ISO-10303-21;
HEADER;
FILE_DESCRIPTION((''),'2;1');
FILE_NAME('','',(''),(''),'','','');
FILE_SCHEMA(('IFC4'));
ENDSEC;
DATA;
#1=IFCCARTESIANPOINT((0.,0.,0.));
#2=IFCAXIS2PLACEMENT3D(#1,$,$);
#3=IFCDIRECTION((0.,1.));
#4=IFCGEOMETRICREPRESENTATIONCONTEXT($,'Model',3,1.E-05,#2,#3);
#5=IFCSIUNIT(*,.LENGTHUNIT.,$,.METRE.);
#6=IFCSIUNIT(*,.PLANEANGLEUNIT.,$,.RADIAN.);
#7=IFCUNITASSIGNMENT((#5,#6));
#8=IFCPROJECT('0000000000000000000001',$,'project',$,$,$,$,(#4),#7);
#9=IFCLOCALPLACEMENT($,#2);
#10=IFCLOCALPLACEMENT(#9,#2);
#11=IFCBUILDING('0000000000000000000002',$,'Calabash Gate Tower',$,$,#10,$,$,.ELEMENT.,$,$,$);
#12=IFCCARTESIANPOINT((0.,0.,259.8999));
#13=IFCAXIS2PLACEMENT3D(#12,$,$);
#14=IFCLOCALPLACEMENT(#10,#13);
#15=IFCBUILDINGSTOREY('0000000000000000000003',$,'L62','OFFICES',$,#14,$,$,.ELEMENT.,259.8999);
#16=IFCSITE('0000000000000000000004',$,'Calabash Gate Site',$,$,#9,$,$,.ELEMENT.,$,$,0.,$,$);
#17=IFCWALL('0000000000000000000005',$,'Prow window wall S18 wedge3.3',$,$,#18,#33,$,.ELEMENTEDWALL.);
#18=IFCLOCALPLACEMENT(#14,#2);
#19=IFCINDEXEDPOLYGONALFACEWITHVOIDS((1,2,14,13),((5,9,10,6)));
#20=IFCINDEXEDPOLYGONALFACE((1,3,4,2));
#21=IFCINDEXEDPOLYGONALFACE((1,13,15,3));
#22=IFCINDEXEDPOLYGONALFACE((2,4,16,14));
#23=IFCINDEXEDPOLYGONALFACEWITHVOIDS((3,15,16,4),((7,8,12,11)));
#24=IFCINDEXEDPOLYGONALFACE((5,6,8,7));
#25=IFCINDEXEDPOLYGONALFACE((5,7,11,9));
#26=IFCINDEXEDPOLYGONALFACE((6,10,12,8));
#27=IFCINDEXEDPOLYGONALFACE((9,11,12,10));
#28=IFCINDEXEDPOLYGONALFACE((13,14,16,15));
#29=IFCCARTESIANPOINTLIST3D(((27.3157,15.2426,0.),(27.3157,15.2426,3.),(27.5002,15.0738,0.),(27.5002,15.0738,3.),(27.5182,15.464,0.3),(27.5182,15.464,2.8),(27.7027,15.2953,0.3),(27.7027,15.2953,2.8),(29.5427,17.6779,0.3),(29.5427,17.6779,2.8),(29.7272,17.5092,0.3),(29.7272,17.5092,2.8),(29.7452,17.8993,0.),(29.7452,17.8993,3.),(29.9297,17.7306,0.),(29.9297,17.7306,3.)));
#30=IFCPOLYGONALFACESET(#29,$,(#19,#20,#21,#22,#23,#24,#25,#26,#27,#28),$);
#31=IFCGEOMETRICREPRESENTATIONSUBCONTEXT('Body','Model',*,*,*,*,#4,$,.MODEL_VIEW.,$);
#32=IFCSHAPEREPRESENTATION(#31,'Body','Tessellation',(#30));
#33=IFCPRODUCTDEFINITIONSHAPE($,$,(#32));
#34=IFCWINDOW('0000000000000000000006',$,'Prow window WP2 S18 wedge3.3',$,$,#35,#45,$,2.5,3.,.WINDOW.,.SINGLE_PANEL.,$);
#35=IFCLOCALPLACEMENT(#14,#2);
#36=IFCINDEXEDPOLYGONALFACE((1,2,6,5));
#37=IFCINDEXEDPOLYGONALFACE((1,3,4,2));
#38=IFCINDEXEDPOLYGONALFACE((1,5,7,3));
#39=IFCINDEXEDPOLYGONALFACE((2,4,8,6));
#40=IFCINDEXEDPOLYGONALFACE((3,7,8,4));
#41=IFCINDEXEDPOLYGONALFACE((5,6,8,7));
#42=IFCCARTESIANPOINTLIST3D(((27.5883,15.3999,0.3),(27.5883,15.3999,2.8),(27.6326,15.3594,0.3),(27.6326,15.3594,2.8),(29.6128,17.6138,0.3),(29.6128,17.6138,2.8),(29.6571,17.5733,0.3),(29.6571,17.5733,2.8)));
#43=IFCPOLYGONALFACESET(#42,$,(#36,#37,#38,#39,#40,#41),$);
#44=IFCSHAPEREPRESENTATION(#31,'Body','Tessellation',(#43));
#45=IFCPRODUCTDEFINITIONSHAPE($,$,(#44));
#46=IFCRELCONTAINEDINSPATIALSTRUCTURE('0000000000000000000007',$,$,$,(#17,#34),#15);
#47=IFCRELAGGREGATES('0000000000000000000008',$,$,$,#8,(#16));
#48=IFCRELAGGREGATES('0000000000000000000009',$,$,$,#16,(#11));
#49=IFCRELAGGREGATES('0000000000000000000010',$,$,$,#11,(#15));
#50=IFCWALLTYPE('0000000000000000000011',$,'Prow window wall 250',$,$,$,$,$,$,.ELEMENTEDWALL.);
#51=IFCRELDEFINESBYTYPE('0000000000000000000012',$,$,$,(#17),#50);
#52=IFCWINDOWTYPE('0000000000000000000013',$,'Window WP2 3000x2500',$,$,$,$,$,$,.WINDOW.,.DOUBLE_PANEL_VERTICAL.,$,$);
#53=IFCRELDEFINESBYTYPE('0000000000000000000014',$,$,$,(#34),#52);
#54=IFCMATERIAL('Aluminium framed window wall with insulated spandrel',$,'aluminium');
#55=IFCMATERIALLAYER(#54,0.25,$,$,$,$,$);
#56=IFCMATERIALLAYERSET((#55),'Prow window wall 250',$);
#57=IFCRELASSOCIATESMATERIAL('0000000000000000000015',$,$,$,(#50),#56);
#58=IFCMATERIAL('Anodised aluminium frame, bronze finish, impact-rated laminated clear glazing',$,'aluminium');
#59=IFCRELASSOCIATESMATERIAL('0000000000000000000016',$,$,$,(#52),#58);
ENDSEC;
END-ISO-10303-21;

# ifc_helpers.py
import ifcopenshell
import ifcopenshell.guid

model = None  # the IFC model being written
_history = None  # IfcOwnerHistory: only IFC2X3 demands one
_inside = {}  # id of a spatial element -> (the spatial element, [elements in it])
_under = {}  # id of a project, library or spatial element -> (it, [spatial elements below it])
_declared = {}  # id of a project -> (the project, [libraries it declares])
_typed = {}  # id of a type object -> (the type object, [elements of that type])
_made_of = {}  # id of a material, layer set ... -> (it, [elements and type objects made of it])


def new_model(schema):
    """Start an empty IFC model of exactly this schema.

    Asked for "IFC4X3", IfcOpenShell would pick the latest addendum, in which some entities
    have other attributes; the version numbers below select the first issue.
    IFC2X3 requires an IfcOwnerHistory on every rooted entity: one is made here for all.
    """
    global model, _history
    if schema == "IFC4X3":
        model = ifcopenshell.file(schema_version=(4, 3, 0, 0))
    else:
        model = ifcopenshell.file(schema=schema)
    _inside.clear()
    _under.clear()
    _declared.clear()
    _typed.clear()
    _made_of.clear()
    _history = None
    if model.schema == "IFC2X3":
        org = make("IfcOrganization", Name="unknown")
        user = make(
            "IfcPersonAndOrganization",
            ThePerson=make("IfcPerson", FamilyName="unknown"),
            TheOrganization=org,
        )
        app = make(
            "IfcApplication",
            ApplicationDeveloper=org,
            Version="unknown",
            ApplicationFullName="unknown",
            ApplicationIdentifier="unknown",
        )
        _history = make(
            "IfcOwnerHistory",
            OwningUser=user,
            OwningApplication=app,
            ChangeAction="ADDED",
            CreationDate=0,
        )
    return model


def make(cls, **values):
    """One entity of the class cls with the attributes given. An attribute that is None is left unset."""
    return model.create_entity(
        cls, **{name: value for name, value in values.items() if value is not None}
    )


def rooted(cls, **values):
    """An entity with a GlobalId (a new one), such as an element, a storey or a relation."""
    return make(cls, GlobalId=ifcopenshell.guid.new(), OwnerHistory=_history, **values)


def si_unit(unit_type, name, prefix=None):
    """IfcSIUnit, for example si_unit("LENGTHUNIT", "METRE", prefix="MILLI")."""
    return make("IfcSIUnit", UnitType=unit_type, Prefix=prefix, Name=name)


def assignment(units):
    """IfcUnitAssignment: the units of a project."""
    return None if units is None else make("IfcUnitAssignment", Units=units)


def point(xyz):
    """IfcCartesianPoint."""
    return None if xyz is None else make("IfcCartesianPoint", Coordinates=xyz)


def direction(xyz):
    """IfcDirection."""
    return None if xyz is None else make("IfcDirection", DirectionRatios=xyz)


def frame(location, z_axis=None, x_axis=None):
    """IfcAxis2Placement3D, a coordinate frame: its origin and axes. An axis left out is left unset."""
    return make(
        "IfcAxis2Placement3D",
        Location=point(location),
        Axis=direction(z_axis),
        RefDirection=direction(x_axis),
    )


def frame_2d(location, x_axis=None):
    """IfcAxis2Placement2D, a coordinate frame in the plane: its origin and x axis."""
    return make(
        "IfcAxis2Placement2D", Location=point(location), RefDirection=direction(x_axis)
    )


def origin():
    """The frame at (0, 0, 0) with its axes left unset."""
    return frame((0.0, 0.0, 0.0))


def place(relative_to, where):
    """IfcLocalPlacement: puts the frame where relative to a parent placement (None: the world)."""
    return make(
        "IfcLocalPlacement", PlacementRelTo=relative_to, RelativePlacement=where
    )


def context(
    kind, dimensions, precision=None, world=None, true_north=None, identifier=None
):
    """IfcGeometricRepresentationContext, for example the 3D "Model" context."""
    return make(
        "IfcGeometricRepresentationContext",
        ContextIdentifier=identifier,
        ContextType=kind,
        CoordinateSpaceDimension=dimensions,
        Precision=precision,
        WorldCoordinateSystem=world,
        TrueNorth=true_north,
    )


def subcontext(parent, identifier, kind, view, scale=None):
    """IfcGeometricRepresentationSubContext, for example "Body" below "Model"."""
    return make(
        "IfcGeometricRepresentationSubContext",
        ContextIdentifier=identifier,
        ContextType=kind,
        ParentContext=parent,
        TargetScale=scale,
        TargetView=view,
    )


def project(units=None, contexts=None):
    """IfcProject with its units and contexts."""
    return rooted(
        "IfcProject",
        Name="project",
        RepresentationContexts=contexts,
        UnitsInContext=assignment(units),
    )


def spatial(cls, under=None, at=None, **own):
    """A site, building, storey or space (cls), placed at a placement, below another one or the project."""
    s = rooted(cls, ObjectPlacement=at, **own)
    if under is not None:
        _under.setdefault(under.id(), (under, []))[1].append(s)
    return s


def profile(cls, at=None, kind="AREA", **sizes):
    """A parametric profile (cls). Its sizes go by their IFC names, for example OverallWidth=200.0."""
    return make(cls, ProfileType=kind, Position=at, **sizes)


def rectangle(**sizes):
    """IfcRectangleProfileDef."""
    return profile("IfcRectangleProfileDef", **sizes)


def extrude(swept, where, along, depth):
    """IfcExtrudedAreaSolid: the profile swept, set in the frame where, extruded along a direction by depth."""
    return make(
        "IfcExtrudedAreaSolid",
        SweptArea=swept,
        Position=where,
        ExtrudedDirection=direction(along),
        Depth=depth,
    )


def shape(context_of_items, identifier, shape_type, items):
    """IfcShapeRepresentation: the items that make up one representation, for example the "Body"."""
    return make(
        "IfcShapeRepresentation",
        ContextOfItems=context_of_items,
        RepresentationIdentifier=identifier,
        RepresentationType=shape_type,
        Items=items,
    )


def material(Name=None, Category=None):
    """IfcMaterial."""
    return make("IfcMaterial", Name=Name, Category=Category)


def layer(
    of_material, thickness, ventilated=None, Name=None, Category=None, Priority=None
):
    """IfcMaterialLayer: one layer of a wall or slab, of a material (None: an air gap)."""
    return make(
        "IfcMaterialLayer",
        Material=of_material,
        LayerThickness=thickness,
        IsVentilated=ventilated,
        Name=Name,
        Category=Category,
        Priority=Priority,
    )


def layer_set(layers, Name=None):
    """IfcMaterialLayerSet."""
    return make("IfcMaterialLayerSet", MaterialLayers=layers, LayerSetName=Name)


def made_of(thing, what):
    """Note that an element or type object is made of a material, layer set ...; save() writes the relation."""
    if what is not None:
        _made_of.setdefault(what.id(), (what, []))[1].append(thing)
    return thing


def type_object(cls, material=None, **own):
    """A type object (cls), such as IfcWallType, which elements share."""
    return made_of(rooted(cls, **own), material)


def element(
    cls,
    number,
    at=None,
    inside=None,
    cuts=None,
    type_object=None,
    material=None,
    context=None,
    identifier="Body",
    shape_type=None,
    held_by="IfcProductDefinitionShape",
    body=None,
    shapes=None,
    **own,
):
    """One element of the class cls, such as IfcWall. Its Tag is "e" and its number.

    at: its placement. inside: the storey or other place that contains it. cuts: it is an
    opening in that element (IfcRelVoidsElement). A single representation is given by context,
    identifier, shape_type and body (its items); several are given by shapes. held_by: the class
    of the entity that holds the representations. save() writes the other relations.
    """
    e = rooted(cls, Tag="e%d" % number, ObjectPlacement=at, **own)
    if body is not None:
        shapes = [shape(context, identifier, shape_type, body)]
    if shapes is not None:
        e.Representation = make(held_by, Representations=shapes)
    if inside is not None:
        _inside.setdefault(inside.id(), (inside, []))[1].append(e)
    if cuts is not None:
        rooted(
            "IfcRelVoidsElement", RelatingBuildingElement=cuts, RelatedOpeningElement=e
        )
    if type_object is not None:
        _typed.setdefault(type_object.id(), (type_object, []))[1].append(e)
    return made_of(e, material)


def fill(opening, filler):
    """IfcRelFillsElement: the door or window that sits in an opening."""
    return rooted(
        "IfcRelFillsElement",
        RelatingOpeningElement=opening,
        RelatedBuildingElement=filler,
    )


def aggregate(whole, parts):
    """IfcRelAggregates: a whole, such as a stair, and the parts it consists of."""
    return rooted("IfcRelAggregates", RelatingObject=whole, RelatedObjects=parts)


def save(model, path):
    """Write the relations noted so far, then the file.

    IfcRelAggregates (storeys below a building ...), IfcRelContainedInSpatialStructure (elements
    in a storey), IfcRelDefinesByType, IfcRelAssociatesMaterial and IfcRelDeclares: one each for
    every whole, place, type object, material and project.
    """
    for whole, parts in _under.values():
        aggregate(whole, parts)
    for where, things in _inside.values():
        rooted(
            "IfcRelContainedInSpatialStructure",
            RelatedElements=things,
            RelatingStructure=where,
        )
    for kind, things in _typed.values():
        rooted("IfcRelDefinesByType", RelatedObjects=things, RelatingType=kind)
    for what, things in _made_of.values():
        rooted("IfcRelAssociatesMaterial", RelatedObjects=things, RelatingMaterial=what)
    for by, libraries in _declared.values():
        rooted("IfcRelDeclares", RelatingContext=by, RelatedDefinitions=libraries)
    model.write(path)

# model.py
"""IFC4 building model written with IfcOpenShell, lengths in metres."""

from ifc_helpers import new_model, si_unit, direction, frame, frame_2d, origin, place, context, subcontext, project, spatial, rectangle, extrude, material, layer, layer_set, type_object, element, fill, save


model = new_model("IFC4")

# Units and contexts
model_context = context("Model", 3, precision=1e-05, world=origin(), true_north=direction((0.0, 1.0)))
body_context = subcontext(model_context, "Body", "Model", "MODEL_VIEW")
ifc_project = project(units=[si_unit("LENGTHUNIT", "METRE"), si_unit("PLANEANGLEUNIT", "RADIAN")], contexts=[model_context])

# Site, building, storey
site_placement = place(None, origin())
site = spatial("IfcSite", under=ifc_project, at=site_placement, Name="Calabash Gate Site", CompositionType="ELEMENT", RefElevation=0.0)
building_placement = place(site_placement, origin())
building = spatial("IfcBuilding", under=site, at=building_placement, Name="Calabash Gate Tower", CompositionType="ELEMENT")
storey_placement = place(building_placement, frame((0.0, 0.0, 259.8999)))
storey = spatial("IfcBuildingStorey", under=building, at=storey_placement, Name="L62", Description="OFFICES", CompositionType="ELEMENT", Elevation=259.8999)

# Wall, opening, window
ifc_material_1 = material(Name="Aluminium framed window wall with insulated spandrel", Category="aluminium")
ifc_layer_1 = layer(ifc_material_1, 0.25)
ifc_layer_set_1 = layer_set([ifc_layer_1], Name="Prow window wall 250")
wall_type_1 = type_object("IfcWallType", Name="Prow window wall 250", PredefinedType="ELEMENTEDWALL", material=ifc_layer_set_1)
ifc_material_2 = material(Name="Anodised aluminium frame, bronze finish, impact-rated laminated clear glazing", Category="aluminium")
window_type = type_object("IfcWindowType", Name="Window WP2 3000x2500", PartitioningType="DOUBLE_PANEL_VERTICAL", PredefinedType="WINDOW", material=ifc_material_2)
wall_1_placement = place(storey_placement, frame((27.408, 15.1582, 0.0), z_axis=(0.0, 0.0, 1.0), x_axis=(0.674834, 0.73797, 0.0)))
wall_1 = element("IfcWall", 1, at=wall_1_placement, inside=storey, type_object=wall_type_1, Name="Prow window wall S18 wedge3.3", PredefinedType="ELEMENTEDWALL", context=body_context, shape_type="SweptSolid", body=[
    extrude(rectangle(XDim=3.6001, YDim=0.25, at=frame_2d((1.8, 0.0))), origin(), (0.0, 0.0, 1.0), 3.0),
])
opening_1_placement = place(wall_1_placement, frame((0.3, 0.0, 0.3)))
opening_1 = element("IfcOpeningElement", 2, at=opening_1_placement, cuts=wall_1, PredefinedType="OPENING", context=body_context, shape_type="SweptSolid", body=[
    extrude(rectangle(XDim=3.0, YDim=2.5, at=frame_2d((1.5, 1.25))), frame((0.0, 0.135, 0.0), z_axis=(0.0, -1.0, 0.0), x_axis=(1.0, 0.0, 0.0)), (0.0, 0.0, 1.0), 0.27),
])
window_1_placement = place(opening_1_placement, origin())
window_1 = element("IfcWindow", 3, at=window_1_placement, inside=storey, type_object=window_type, Name="Prow window WP2 S18 wedge3.3", OverallHeight=2.5, OverallWidth=3.0, PartitioningType="SINGLE_PANEL", PredefinedType="WINDOW", context=body_context, shape_type="SweptSolid", body=[
    extrude(rectangle(XDim=3.0, YDim=2.5, at=frame_2d((1.5, 1.25))), frame((0.0, 0.03, 0.0), z_axis=(0.0, -1.0, 0.0), x_axis=(1.0, 0.0, 0.0)), (0.0, 0.0, 1.0), 0.0601),
])
fill(opening_1, window_1)

save(model, "model.ifc")
